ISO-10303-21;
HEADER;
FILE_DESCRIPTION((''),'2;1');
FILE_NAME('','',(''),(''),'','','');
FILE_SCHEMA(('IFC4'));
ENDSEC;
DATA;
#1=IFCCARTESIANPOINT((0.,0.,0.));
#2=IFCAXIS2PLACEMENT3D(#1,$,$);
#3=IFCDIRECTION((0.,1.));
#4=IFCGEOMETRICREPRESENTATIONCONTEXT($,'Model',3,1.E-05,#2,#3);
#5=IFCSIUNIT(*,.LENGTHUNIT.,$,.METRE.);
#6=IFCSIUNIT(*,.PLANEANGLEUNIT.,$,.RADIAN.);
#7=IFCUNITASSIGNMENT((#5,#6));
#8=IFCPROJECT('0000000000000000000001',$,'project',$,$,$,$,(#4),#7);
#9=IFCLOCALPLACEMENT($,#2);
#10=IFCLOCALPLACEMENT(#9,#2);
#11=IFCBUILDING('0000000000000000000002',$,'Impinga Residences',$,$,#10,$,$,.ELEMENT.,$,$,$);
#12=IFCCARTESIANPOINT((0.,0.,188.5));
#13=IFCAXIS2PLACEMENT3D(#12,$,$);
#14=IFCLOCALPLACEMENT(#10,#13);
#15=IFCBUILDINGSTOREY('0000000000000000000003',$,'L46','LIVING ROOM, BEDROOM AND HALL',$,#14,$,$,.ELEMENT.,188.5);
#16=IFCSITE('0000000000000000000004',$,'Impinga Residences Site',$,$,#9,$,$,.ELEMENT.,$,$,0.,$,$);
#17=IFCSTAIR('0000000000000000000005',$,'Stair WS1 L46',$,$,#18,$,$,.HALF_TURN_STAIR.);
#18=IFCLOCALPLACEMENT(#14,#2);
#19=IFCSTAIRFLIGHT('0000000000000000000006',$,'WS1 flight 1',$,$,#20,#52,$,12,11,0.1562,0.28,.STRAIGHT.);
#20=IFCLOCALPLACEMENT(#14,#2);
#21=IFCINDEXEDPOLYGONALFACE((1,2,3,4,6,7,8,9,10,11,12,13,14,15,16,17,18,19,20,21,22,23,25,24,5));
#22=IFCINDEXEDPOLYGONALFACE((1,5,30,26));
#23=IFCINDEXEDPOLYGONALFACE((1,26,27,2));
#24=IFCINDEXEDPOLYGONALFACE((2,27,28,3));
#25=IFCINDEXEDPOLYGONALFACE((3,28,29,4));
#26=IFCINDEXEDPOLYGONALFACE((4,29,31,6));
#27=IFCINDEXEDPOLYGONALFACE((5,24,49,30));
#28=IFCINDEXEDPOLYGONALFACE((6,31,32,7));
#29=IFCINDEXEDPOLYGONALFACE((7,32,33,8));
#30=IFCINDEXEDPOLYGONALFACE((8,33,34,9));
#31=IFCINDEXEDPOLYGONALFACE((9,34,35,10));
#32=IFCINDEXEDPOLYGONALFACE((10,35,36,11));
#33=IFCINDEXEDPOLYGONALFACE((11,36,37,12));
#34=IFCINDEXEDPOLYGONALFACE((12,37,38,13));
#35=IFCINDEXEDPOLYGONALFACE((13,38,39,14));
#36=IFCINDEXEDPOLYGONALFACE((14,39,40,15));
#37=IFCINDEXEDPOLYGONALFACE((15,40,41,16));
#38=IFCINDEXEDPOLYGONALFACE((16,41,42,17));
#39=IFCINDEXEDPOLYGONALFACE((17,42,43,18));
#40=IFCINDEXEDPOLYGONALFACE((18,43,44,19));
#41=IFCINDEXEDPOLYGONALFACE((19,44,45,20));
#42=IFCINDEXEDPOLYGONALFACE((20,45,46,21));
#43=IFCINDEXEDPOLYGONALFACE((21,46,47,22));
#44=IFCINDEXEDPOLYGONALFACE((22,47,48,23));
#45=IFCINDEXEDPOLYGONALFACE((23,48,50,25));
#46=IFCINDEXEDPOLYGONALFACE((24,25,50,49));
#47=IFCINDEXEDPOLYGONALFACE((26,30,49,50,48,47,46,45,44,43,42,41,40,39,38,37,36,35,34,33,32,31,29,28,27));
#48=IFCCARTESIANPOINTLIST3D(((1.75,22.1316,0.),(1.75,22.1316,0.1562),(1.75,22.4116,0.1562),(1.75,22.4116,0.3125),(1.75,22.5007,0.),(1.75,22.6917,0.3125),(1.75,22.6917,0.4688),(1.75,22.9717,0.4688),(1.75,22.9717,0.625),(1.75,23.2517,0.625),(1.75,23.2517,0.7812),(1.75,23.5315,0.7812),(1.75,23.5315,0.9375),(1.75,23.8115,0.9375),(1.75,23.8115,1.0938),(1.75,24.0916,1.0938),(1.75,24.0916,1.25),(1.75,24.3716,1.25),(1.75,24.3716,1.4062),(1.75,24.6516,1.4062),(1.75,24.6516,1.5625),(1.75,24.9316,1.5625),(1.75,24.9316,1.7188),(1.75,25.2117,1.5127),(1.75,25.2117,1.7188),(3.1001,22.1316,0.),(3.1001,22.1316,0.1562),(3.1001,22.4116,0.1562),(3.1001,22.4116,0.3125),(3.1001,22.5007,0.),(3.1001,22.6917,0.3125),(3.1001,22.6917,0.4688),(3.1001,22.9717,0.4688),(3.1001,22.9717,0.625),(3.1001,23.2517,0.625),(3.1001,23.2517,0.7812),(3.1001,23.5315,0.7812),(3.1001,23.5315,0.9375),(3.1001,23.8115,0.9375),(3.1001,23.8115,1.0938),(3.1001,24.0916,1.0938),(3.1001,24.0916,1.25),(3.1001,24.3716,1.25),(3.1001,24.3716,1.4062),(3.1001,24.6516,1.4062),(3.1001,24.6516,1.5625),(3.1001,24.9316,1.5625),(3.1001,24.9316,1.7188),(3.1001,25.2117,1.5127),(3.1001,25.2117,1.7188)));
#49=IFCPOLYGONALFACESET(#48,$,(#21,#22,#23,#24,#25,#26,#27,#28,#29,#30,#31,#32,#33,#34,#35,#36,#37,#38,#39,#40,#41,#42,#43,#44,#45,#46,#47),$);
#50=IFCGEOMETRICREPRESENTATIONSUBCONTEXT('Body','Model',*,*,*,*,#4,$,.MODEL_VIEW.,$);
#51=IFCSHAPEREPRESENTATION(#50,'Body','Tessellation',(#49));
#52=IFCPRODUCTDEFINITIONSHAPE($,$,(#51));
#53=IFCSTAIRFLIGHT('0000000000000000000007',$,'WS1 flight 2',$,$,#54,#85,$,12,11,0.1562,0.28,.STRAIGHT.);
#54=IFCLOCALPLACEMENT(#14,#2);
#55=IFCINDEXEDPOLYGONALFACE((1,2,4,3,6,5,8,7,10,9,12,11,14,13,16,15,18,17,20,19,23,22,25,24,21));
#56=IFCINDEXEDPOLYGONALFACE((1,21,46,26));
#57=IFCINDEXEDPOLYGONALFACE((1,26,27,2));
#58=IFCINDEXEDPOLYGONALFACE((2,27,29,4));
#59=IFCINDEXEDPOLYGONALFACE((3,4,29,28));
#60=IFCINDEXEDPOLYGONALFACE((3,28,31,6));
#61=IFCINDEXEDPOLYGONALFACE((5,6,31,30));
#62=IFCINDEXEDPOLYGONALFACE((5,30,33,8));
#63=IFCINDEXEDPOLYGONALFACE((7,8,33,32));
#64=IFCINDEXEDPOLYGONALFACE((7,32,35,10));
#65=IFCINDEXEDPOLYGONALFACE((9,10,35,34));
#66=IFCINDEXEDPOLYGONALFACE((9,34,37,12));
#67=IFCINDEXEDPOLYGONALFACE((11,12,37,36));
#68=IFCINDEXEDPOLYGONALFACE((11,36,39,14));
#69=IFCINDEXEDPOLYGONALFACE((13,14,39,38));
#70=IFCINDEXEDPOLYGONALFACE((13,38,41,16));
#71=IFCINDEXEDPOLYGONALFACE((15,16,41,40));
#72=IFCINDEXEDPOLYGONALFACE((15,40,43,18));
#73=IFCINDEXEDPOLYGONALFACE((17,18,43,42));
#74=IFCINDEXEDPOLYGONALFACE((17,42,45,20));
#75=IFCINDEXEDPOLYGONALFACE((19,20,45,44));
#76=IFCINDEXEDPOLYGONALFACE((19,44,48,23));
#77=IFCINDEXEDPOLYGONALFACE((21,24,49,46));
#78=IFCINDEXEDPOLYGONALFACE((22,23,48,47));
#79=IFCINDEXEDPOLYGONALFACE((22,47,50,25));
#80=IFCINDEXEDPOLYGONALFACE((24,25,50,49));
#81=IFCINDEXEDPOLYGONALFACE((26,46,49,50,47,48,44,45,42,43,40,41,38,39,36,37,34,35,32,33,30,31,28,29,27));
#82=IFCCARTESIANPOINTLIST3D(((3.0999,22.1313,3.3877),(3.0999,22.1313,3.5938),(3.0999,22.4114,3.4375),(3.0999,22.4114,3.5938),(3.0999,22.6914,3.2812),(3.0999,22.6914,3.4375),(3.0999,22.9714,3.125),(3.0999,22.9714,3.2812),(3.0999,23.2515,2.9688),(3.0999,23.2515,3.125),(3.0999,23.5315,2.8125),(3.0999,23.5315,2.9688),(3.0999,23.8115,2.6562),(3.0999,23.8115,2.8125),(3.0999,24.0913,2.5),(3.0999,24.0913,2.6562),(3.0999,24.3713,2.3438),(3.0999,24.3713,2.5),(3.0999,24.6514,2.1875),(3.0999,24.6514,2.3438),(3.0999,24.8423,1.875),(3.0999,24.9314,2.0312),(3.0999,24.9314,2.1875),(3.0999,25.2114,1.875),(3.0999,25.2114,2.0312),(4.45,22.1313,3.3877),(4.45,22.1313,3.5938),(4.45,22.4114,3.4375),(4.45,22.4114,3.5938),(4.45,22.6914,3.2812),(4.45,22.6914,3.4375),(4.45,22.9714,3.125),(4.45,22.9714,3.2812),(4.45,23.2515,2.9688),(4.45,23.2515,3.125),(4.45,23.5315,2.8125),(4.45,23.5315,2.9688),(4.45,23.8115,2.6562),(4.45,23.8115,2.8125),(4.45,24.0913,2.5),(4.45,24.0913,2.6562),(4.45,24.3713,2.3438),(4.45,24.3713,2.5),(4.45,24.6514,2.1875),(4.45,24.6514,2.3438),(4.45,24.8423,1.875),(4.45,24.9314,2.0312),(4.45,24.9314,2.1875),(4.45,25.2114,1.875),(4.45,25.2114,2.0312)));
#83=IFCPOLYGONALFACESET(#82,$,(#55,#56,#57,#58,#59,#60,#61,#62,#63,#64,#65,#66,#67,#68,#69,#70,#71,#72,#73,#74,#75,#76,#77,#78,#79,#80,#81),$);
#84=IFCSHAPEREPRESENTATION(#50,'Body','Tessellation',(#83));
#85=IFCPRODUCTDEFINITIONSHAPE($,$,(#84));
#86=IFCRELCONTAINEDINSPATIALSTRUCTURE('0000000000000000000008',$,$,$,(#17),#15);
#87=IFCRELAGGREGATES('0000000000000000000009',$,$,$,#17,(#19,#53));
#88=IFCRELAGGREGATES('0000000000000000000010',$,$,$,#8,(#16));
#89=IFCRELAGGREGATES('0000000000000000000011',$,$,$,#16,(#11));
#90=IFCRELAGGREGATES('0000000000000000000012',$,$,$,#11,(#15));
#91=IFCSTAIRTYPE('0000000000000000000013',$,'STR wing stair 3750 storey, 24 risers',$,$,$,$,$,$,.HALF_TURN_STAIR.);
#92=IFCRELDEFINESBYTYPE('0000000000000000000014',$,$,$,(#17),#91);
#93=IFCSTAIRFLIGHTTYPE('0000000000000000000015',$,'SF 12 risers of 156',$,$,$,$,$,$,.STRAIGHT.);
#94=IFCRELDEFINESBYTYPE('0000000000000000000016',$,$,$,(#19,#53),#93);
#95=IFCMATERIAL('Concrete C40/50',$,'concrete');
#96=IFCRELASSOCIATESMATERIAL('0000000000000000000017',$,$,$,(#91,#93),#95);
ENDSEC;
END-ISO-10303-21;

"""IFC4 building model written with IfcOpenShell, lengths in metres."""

from ifc_helpers import new_model, si_unit, direction, frame, origin, place, context, subcontext, project, spatial, polyline, outline, extrude, material, type_object, element, aggregate, save


model = new_model("IFC4")

# Units and contexts
model_context = context("Model", 3, precision=1e-05, world=origin(), true_north=direction((0.0, 1.0)))
body_context = subcontext(model_context, "Body", "Model", "MODEL_VIEW")
ifc_project = project(units=[si_unit("LENGTHUNIT", "METRE"), si_unit("PLANEANGLEUNIT", "RADIAN")], contexts=[model_context])

# Site, building, storey
site_placement = place(None, origin())
site = spatial("IfcSite", under=ifc_project, at=site_placement, Name="Impinga Residences Site", CompositionType="ELEMENT", RefElevation=0.0)
building_placement = place(site_placement, origin())
building = spatial("IfcBuilding", under=site, at=building_placement, Name="Impinga Residences", CompositionType="ELEMENT")
storey_placement = place(building_placement, frame((0.0, 0.0, 188.5)))
storey = spatial("IfcBuildingStorey", under=building, at=storey_placement, Name="L46", Description="LIVING ROOM, BEDROOM AND HALL", CompositionType="ELEMENT", Elevation=188.5)

# Stair, stair flights
ifc_material_1 = material(Name="Concrete C40/50", Category="concrete")
stair_type = type_object("IfcStairType", Name="STR wing stair 3750 storey, 24 risers", PredefinedType="HALF_TURN_STAIR", material=ifc_material_1)
stair_placement = place(storey_placement, origin())
stair = element("IfcStair", 1, at=stair_placement, inside=storey, type_object=stair_type, Name="Stair WS1 L46", PredefinedType="HALF_TURN_STAIR")
stair_flight_type = type_object("IfcStairFlightType", Name="SF 12 risers of 156", PredefinedType="STRAIGHT", material=ifc_material_1)
stair_flight_1_placement = place(storey_placement, frame((2.425, 22.1316, 0.0), z_axis=(0.0, 0.0, 1.0), x_axis=(0.0, 1.0, 0.0)))
stair_flight_1 = element("IfcStairFlight", 2, at=stair_flight_1_placement, type_object=stair_flight_type, Name="WS1 flight 1", NumberOfRisers=12, NumberOfTreads=11, PredefinedType="STRAIGHT", RiserHeight=0.1562, TreadLength=0.28, context=body_context, shape_type="SweptSolid", body=[
    extrude(outline(polyline([(0.0, 0.0), (0.0, 0.1562), (0.28, 0.1562), (0.28, 0.3125), (0.5601, 0.3125), (0.5601, 0.4688), (0.8401, 0.4688), (0.8401, 0.625), (1.1201, 0.625), (1.1201, 0.7812), (1.3999, 0.7812), (1.3999, 0.9375), (1.6799, 0.9375), (1.6799, 1.0938), (1.96, 1.0938), (1.96, 1.25), (2.24, 1.25), (2.24, 1.4062), (2.52, 1.4062), (2.52, 1.5625), (2.8, 1.5625), (2.8, 1.7188), (3.0801, 1.7188), (3.0801, 1.875), (3.0801, 1.5127), (0.3691, 0.0), (0.0, 0.0)])), frame((0.0, 0.675, 0.0), z_axis=(0.0, -1.0, 0.0), x_axis=(1.0, 0.0, 0.0)), (0.0, 0.0, 1.0), 1.3501),
])
stair_flight_2_placement = place(storey_placement, frame((3.7749, 25.2114, 1.875), z_axis=(0.0, 0.0, 1.0), x_axis=(0.0, -1.0, 0.0)))
stair_flight_2 = element("IfcStairFlight", 3, at=stair_flight_2_placement, type_object=stair_flight_type, Name="WS1 flight 2", NumberOfRisers=12, NumberOfTreads=11, PredefinedType="STRAIGHT", RiserHeight=0.1562, TreadLength=0.28, context=body_context, shape_type="SweptSolid", body=[
    extrude(outline(polyline([(0.0, 0.0), (0.0, 0.1562), (0.28, 0.1562), (0.28, 0.3125), (0.5601, 0.3125), (0.5601, 0.4688), (0.8401, 0.4688), (0.8401, 0.625), (1.1201, 0.625), (1.1201, 0.7812), (1.3999, 0.7812), (1.3999, 0.9375), (1.6799, 0.9375), (1.6799, 1.0938), (1.96, 1.0938), (1.96, 1.25), (2.24, 1.25), (2.24, 1.4062), (2.52, 1.4062), (2.52, 1.5625), (2.8, 1.5625), (2.8, 1.7188), (3.0801, 1.7188), (3.0801, 1.875), (3.0801, 1.5127), (0.3691, 0.0), (0.0, 0.0)])), frame((0.0, 0.675, 0.0), z_axis=(0.0, -1.0, 0.0), x_axis=(1.0, 0.0, 0.0)), (0.0, 0.0, 1.0), 1.3501),
])
aggregate(stair, [stair_flight_1, stair_flight_2])

save(model, "model.ifc")
